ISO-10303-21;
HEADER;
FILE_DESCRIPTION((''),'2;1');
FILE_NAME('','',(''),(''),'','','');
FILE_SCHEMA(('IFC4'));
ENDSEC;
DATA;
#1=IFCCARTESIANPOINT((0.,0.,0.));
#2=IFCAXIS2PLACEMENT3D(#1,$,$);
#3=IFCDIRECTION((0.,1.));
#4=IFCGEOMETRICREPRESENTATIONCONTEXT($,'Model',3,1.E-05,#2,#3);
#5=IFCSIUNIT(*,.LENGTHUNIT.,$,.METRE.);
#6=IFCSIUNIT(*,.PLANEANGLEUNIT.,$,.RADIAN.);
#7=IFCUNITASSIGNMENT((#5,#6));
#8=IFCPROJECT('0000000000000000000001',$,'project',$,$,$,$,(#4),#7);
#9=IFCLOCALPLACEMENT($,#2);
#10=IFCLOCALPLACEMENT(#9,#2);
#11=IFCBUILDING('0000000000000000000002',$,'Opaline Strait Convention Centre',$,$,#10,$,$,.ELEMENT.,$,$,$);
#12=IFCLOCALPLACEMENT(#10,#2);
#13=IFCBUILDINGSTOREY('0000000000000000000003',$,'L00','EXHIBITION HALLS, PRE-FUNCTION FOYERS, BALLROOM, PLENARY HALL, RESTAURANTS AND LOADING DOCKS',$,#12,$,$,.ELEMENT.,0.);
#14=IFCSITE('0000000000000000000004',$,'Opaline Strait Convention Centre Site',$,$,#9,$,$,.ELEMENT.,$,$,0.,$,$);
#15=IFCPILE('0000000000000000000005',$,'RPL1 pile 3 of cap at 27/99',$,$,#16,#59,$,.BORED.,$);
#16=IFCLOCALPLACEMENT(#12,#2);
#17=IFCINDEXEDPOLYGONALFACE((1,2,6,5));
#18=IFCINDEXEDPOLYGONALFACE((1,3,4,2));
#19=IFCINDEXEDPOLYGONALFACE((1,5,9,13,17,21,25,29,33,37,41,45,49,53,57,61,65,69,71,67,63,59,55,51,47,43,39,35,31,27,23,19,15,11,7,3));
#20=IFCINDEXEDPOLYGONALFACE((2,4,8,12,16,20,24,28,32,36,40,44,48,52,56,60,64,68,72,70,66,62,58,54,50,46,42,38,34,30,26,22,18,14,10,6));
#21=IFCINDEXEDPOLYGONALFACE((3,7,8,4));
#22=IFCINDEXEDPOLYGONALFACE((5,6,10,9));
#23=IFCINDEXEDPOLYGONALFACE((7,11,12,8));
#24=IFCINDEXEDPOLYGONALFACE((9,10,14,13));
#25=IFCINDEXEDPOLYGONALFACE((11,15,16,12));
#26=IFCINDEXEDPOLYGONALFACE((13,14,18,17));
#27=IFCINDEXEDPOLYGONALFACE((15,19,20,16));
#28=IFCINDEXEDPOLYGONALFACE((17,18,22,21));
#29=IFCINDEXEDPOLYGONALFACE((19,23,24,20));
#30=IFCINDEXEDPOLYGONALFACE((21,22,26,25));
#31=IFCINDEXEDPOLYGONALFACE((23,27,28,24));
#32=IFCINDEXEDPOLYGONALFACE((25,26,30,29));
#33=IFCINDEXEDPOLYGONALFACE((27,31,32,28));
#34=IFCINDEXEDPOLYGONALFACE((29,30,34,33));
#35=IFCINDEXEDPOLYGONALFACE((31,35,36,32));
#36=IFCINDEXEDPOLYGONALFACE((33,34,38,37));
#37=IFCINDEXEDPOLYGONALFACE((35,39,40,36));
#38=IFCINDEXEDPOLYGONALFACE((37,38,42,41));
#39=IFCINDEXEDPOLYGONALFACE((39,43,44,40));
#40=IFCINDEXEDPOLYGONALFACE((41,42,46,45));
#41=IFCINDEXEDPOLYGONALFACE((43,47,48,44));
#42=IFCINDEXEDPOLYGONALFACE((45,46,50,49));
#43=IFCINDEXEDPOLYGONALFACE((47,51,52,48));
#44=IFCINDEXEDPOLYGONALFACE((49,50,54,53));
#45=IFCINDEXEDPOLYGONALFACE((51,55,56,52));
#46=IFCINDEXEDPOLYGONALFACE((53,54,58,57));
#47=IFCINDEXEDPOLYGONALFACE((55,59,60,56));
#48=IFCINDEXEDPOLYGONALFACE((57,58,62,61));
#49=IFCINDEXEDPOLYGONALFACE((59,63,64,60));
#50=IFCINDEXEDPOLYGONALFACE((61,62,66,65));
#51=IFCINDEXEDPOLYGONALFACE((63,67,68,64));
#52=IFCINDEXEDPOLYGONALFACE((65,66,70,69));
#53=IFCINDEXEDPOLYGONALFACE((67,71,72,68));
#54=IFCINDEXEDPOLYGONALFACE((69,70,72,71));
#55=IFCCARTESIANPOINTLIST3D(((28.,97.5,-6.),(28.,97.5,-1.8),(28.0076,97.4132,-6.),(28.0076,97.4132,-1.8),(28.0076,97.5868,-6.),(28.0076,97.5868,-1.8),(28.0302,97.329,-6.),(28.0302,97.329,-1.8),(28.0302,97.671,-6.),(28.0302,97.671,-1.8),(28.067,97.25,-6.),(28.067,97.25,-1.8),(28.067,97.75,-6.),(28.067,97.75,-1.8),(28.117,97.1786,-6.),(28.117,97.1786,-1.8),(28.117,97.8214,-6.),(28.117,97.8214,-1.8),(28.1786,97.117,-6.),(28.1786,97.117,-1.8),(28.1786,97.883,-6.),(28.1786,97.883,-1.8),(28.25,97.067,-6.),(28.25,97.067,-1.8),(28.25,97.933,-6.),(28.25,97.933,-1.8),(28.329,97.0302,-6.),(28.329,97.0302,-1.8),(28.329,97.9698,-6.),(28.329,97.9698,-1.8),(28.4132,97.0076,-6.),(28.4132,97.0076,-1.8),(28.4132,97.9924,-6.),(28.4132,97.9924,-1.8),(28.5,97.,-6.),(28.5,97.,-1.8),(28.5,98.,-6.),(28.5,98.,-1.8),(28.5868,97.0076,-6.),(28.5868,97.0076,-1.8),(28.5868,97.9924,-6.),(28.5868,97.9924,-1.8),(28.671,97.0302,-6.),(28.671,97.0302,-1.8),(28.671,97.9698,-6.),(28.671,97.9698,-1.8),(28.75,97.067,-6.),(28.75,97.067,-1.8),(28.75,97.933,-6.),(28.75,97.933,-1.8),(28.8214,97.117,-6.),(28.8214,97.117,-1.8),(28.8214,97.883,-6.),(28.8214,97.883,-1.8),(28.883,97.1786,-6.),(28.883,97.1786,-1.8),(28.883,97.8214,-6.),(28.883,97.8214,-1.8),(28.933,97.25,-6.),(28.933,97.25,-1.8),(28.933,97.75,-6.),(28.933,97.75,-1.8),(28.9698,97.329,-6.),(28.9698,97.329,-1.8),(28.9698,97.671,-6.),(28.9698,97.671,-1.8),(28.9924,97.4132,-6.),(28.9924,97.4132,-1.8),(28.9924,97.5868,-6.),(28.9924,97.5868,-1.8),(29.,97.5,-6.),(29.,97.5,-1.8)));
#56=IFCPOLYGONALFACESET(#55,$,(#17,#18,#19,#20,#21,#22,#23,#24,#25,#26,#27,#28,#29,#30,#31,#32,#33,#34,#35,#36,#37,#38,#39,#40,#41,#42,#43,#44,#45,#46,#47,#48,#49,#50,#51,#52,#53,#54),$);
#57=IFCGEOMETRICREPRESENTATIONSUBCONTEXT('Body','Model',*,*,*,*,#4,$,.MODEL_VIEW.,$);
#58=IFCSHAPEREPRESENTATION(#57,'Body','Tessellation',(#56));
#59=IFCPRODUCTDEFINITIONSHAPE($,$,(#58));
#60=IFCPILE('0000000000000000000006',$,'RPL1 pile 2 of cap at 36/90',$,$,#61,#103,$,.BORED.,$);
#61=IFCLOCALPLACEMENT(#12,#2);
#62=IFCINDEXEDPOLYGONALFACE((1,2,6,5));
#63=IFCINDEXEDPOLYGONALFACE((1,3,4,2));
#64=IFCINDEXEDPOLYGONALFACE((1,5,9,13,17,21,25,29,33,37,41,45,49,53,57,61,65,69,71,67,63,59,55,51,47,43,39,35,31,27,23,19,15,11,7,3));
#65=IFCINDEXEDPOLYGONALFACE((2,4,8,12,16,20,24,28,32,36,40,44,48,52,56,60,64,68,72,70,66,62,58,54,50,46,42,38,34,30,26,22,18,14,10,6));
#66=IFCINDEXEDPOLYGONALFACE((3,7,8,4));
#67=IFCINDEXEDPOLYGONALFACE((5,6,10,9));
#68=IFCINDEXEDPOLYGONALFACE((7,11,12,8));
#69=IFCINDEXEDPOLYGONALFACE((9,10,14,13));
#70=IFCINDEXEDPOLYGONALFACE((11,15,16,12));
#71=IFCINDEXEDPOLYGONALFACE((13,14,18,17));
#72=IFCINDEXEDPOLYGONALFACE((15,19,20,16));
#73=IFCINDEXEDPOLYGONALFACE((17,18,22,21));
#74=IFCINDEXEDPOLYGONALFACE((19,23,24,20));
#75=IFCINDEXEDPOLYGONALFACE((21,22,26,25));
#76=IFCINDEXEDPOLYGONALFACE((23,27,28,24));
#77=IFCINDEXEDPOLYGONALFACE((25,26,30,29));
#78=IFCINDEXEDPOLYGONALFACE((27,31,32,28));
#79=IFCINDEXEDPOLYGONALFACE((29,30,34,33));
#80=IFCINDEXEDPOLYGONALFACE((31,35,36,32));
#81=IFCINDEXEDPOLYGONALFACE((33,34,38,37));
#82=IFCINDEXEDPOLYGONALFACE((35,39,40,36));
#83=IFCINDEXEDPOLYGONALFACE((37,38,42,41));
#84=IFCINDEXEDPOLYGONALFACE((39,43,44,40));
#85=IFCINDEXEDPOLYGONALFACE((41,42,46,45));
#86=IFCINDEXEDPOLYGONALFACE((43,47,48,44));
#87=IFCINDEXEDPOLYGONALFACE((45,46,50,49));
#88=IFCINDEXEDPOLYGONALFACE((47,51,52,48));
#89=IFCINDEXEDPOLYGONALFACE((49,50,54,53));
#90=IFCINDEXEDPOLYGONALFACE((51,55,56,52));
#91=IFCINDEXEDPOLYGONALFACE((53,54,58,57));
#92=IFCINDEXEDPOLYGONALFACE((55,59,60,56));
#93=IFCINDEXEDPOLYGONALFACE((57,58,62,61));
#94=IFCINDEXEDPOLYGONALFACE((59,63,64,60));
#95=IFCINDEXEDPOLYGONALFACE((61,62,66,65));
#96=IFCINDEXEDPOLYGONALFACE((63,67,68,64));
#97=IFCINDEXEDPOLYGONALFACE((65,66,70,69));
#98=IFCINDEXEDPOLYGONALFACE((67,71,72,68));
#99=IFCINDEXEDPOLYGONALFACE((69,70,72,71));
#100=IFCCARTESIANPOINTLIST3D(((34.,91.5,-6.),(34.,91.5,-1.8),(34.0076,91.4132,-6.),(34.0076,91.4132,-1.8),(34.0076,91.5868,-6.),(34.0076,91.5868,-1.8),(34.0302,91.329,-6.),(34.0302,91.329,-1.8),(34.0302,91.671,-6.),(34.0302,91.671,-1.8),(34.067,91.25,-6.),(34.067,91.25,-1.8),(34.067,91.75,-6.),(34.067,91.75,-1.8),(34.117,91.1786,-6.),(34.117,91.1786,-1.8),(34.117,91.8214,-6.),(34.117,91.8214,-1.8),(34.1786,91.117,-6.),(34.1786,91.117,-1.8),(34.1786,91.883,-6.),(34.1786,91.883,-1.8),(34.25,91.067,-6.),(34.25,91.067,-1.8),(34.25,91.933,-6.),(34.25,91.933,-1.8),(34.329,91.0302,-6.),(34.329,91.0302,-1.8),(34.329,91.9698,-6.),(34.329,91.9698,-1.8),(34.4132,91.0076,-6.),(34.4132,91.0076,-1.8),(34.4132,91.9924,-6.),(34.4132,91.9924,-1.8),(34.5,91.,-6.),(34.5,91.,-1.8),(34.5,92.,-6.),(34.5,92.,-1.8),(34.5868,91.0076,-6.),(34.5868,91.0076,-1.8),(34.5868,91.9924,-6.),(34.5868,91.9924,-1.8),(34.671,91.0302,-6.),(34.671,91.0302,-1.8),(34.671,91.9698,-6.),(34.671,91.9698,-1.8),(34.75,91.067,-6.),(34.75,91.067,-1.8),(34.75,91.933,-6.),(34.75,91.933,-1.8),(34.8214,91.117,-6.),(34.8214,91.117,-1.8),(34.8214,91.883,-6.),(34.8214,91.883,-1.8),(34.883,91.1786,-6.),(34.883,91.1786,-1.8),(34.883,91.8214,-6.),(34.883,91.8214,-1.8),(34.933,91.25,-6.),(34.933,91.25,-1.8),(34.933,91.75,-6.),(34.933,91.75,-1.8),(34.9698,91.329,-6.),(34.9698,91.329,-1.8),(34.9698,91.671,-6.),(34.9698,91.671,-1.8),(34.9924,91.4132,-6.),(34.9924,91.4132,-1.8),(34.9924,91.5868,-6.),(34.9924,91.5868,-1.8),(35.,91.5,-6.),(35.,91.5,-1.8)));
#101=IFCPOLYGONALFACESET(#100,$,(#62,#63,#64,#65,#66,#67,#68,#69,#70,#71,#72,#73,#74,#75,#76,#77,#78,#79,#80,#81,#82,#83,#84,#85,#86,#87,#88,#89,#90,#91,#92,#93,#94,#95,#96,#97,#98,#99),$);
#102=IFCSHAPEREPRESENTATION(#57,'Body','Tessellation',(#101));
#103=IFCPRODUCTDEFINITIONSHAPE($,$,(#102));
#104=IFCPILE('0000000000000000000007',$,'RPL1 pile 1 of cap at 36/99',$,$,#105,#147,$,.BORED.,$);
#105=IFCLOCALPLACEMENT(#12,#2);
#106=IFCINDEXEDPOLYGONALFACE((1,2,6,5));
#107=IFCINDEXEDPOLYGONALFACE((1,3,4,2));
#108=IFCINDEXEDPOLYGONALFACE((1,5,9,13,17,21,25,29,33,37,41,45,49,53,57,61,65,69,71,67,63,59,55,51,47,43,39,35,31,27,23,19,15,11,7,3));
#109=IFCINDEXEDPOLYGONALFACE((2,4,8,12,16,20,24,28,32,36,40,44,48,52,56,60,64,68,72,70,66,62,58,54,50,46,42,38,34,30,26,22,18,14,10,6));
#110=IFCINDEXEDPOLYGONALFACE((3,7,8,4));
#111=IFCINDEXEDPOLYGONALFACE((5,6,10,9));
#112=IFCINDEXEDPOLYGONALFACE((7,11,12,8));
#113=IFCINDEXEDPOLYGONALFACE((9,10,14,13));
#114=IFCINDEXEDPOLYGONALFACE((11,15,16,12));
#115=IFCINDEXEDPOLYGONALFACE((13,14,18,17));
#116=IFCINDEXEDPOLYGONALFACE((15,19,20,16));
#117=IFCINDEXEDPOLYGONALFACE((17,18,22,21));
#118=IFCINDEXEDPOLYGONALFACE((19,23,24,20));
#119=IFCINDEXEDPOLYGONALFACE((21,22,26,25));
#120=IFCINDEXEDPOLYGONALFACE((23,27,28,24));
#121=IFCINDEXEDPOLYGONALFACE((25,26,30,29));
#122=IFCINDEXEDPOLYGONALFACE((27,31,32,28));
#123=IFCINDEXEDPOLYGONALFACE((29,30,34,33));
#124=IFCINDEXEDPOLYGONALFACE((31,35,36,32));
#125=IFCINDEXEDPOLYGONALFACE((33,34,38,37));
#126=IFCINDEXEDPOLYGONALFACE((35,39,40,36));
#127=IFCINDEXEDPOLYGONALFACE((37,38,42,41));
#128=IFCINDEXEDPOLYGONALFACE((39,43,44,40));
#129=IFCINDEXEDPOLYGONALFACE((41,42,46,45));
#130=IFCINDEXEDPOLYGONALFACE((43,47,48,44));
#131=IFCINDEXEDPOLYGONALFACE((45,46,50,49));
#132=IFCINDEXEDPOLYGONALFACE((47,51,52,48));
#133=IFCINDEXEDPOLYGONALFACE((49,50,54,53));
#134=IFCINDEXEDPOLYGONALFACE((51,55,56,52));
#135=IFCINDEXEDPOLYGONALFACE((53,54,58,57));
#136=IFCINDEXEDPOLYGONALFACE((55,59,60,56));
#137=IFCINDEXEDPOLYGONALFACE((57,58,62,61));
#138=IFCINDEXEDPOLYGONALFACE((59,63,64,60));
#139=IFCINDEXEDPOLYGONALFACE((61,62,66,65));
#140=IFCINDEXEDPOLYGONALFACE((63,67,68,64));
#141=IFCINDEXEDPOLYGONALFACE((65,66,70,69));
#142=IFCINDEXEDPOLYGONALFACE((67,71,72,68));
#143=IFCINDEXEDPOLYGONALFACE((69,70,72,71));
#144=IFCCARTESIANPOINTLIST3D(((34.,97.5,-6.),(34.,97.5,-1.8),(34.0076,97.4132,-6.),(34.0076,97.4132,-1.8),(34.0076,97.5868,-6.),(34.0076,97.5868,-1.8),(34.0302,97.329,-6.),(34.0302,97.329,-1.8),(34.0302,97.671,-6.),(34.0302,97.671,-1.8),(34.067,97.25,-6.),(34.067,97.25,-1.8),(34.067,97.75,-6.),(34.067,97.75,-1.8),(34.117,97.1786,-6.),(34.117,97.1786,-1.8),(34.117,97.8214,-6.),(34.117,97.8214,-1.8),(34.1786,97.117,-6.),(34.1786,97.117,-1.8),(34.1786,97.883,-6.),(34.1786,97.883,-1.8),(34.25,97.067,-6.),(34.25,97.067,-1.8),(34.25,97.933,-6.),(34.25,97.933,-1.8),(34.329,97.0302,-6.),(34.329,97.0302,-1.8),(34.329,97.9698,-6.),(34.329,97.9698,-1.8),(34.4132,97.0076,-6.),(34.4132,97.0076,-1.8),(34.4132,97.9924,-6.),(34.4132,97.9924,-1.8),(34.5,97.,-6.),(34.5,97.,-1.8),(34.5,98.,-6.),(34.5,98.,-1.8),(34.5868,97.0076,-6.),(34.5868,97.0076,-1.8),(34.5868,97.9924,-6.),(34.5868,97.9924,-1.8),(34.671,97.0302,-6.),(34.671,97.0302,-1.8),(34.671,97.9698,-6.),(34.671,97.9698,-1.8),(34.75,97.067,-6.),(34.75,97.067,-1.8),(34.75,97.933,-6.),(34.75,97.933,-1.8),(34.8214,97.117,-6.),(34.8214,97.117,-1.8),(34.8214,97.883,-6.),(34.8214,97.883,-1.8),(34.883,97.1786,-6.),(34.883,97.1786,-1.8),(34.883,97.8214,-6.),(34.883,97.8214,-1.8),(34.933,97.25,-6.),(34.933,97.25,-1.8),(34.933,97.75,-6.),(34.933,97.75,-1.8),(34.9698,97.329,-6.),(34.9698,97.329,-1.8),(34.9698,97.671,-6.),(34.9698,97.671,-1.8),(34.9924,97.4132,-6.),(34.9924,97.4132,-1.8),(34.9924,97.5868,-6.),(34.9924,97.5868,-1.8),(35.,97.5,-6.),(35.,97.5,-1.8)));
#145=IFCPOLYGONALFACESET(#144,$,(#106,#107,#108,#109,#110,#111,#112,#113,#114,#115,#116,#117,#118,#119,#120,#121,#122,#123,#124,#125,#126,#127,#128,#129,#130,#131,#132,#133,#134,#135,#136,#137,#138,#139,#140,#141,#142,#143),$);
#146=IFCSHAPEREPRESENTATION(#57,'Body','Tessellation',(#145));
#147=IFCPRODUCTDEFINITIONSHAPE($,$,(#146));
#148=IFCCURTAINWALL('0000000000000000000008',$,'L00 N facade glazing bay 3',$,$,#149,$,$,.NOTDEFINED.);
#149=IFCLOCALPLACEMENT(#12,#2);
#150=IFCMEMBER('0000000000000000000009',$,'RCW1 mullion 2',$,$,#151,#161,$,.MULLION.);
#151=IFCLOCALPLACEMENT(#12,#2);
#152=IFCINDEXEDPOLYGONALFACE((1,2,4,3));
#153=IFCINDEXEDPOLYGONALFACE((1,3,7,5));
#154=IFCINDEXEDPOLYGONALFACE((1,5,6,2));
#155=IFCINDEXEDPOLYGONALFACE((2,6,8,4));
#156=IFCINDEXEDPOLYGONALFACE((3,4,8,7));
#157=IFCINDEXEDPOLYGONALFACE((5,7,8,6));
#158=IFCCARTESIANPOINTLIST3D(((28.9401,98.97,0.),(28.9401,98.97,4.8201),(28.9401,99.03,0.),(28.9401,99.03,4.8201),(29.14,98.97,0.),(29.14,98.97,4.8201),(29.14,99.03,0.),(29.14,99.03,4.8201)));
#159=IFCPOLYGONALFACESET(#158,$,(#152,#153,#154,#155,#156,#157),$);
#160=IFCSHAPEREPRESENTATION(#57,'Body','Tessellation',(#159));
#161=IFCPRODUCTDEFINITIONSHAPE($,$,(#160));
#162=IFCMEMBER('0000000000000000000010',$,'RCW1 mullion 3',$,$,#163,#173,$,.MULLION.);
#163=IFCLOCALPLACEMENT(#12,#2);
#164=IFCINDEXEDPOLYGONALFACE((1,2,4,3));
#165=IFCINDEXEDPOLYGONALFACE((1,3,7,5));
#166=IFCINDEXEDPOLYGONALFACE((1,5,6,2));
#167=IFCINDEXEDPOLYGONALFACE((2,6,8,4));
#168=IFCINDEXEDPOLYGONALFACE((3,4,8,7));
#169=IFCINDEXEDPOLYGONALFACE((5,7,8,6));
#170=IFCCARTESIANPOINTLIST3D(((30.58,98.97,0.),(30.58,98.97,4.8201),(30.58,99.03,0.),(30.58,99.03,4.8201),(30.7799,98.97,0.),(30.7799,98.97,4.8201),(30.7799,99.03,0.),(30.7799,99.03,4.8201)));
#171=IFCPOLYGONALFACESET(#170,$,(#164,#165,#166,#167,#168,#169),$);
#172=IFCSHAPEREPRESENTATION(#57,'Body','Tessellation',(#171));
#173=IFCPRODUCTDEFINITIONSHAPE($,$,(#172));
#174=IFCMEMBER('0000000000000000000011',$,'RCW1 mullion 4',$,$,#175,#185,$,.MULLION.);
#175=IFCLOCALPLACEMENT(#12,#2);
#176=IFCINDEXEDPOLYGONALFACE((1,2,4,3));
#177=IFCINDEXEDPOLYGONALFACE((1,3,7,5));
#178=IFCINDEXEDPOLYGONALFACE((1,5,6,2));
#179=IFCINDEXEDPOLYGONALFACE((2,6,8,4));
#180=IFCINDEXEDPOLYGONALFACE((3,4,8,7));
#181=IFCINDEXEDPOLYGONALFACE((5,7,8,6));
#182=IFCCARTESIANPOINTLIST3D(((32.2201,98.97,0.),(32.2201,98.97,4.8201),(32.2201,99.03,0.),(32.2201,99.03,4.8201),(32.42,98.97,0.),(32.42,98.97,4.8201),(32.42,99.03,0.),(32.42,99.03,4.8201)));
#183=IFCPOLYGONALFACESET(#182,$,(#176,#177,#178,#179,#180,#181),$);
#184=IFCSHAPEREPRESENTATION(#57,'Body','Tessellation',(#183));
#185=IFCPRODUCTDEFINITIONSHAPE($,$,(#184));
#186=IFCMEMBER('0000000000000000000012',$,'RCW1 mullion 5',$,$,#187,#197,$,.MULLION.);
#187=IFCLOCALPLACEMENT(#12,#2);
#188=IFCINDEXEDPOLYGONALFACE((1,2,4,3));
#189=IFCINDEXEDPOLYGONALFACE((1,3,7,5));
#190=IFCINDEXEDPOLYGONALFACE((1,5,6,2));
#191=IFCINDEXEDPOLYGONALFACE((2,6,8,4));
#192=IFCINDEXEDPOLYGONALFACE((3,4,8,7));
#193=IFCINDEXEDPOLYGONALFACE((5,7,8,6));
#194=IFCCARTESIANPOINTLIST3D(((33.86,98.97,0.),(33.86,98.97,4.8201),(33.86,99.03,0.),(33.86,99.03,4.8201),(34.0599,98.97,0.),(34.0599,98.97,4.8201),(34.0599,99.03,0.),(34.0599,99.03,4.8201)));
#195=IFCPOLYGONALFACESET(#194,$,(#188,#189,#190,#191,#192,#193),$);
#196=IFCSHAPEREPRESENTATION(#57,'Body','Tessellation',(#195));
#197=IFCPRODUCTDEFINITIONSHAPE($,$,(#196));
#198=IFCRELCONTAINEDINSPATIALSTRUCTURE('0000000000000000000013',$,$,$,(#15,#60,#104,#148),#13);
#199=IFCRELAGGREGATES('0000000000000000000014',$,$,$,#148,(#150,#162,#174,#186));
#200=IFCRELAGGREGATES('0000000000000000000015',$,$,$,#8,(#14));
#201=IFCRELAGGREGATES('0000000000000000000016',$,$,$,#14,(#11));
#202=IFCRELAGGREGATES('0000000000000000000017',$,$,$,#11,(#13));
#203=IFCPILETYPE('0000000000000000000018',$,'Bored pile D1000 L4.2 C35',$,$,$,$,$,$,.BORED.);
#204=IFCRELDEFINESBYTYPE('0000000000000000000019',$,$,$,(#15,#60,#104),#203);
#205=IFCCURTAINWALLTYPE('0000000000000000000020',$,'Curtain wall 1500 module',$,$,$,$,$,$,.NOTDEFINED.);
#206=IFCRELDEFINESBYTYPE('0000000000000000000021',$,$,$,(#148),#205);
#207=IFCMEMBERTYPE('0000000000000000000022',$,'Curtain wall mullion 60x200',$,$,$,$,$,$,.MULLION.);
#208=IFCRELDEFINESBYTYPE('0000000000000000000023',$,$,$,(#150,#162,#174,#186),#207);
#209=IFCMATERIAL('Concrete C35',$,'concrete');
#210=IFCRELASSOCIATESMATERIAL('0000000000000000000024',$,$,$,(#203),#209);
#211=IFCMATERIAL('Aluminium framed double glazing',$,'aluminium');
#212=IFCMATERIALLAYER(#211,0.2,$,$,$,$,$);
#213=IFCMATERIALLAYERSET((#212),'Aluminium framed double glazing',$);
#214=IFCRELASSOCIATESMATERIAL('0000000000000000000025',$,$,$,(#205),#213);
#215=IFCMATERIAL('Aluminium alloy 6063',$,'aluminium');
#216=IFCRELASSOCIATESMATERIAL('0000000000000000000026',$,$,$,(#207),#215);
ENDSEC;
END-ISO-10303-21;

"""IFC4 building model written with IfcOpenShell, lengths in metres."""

from ifc_helpers import new_model, si_unit, direction, frame, origin, origin_2d, place, context, subcontext, project, spatial, rectangle, circle, extrude, material, layer, layer_set, material_profile, profile_set, type_object, element, aggregate, save


model = new_model("IFC4")

# Units and contexts
model_context = context("Model", 3, precision=1e-05, world=origin(), true_north=direction((0.0, 1.0)))
body_context = subcontext(model_context, "Body", "Model", "MODEL_VIEW")
ifc_project = project(units=[si_unit("LENGTHUNIT", "METRE"), si_unit("PLANEANGLEUNIT", "RADIAN")], contexts=[model_context])

# Site, building, storey
site_placement = place(None, origin())
site = spatial("IfcSite", under=ifc_project, at=site_placement, Name="Opaline Strait Convention Centre Site", CompositionType="ELEMENT", RefElevation=0.0)
building_placement = place(site_placement, origin())
building = spatial("IfcBuilding", under=site, at=building_placement, Name="Opaline Strait Convention Centre", CompositionType="ELEMENT")
storey_placement = place(building_placement, origin())
storey = spatial("IfcBuildingStorey", under=building, at=storey_placement, Name="L00", Description="EXHIBITION HALLS, PRE-FUNCTION FOYERS, BALLROOM, PLENARY HALL, RESTAURANTS AND LOADING DOCKS", CompositionType="ELEMENT", Elevation=0.0)

# Piles
ifc_material_1 = material(Name="Concrete C35", Category="concrete")
ifc_material_profile_1 = material_profile(ifc_material_1, circle(Radius=0.5, at=origin_2d()), Name="D1000")
ifc_profile_set_1 = profile_set([ifc_material_profile_1], Name="Concrete C35")
pile_type = type_object("IfcPileType", Name="Bored pile D1000 L4.2 C35", PredefinedType="BORED", material=ifc_profile_set_1)
for number, where, z_axis, x_axis, name in (
    (1, (28.5, 97.5, -1.8), (0.0, 0.0, -1.0), (1.0, 0.0, 0.0), "RPL1 pile 3 of cap at 27/99"),
    (2, (34.5, 91.5, -1.8), (0.0, 0.0, -1.0), (1.0, 0.0, 0.0), "RPL1 pile 2 of cap at 36/90"),
    (3, (34.5, 97.5, -1.8), (0.0, 0.0, -1.0), (1.0, 0.0, 0.0), "RPL1 pile 1 of cap at 36/99"),
):
    element("IfcPile", number, at=place(storey_placement, frame(where, z_axis=z_axis, x_axis=x_axis)), inside=storey, type_object=pile_type, Name=name, PredefinedType="BORED", context=body_context, shape_type="SweptSolid", body=[
        extrude(circle(Radius=0.5, at=origin_2d()), origin(), (0.0, 0.0, 1.0), 4.2),
    ])

# Curtain wall, members
ifc_material_2 = material(Name="Aluminium framed double glazing", Category="aluminium")
ifc_layer_1 = layer(ifc_material_2, 0.2)
ifc_layer_set_1 = layer_set([ifc_layer_1], Name="Aluminium framed double glazing")
curtain_wall_type = type_object("IfcCurtainWallType", Name="Curtain wall 1500 module", PredefinedType="NOTDEFINED", material=ifc_layer_set_1)
curtain_wall_placement = place(storey_placement, origin())
curtain_wall = element("IfcCurtainWall", 4, at=curtain_wall_placement, inside=storey, type_object=curtain_wall_type, Name="L00 N facade glazing bay 3", PredefinedType="NOTDEFINED")
ifc_material_3 = material(Name="Aluminium alloy 6063", Category="aluminium")
ifc_material_profile_2 = material_profile(ifc_material_3, rectangle(XDim=0.0601, YDim=0.2, at=origin_2d()), Name="Curtain wall mullion 60x200")
ifc_profile_set_2 = profile_set([ifc_material_profile_2], Name="Aluminium alloy 6063")
member_type_1 = type_object("IfcMemberType", Name="Curtain wall mullion 60x200", PredefinedType="MULLION", material=ifc_profile_set_2)
member_1_placement = place(storey_placement, frame((29.04, 99.0, 0.0), z_axis=(0.0, 0.0, 1.0), x_axis=(0.0, 1.0, 0.0)))
member_1 = element("IfcMember", 5, at=member_1_placement, type_object=member_type_1, Name="RCW1 mullion 2", PredefinedType="MULLION", context=body_context, shape_type="SweptSolid", body=[
    extrude(rectangle(XDim=0.0601, YDim=0.2, at=origin_2d()), origin(), (0.0, 0.0, 1.0), 4.8201),
])
member_2_placement = place(storey_placement, frame((30.6799, 99.0, 0.0), z_axis=(0.0, 0.0, 1.0), x_axis=(0.0, 1.0, 0.0)))
member_2 = element("IfcMember", 6, at=member_2_placement, type_object=member_type_1, Name="RCW1 mullion 3", PredefinedType="MULLION", context=body_context, shape_type="SweptSolid", body=[
    extrude(rectangle(XDim=0.0601, YDim=0.2, at=origin_2d()), origin(), (0.0, 0.0, 1.0), 4.8201),
])
member_3_placement = place(storey_placement, frame((32.3201, 99.0, 0.0), z_axis=(0.0, 0.0, 1.0), x_axis=(0.0, 1.0, 0.0)))
member_3 = element("IfcMember", 7, at=member_3_placement, type_object=member_type_1, Name="RCW1 mullion 4", PredefinedType="MULLION", context=body_context, shape_type="SweptSolid", body=[
    extrude(rectangle(XDim=0.0601, YDim=0.2, at=origin_2d()), origin(), (0.0, 0.0, 1.0), 4.8201),
])
member_4_placement = place(storey_placement, frame((33.96, 99.0, 0.0), z_axis=(0.0, 0.0, 1.0), x_axis=(0.0, 1.0, 0.0)))
member_4 = element("IfcMember", 8, at=member_4_placement, type_object=member_type_1, Name="RCW1 mullion 5", PredefinedType="MULLION", context=body_context, shape_type="SweptSolid", body=[
    extrude(rectangle(XDim=0.0601, YDim=0.2, at=origin_2d()), origin(), (0.0, 0.0, 1.0), 4.8201),
])
aggregate(curtain_wall, [member_1, member_2, member_3, member_4])

save(model, "model.ifc")
